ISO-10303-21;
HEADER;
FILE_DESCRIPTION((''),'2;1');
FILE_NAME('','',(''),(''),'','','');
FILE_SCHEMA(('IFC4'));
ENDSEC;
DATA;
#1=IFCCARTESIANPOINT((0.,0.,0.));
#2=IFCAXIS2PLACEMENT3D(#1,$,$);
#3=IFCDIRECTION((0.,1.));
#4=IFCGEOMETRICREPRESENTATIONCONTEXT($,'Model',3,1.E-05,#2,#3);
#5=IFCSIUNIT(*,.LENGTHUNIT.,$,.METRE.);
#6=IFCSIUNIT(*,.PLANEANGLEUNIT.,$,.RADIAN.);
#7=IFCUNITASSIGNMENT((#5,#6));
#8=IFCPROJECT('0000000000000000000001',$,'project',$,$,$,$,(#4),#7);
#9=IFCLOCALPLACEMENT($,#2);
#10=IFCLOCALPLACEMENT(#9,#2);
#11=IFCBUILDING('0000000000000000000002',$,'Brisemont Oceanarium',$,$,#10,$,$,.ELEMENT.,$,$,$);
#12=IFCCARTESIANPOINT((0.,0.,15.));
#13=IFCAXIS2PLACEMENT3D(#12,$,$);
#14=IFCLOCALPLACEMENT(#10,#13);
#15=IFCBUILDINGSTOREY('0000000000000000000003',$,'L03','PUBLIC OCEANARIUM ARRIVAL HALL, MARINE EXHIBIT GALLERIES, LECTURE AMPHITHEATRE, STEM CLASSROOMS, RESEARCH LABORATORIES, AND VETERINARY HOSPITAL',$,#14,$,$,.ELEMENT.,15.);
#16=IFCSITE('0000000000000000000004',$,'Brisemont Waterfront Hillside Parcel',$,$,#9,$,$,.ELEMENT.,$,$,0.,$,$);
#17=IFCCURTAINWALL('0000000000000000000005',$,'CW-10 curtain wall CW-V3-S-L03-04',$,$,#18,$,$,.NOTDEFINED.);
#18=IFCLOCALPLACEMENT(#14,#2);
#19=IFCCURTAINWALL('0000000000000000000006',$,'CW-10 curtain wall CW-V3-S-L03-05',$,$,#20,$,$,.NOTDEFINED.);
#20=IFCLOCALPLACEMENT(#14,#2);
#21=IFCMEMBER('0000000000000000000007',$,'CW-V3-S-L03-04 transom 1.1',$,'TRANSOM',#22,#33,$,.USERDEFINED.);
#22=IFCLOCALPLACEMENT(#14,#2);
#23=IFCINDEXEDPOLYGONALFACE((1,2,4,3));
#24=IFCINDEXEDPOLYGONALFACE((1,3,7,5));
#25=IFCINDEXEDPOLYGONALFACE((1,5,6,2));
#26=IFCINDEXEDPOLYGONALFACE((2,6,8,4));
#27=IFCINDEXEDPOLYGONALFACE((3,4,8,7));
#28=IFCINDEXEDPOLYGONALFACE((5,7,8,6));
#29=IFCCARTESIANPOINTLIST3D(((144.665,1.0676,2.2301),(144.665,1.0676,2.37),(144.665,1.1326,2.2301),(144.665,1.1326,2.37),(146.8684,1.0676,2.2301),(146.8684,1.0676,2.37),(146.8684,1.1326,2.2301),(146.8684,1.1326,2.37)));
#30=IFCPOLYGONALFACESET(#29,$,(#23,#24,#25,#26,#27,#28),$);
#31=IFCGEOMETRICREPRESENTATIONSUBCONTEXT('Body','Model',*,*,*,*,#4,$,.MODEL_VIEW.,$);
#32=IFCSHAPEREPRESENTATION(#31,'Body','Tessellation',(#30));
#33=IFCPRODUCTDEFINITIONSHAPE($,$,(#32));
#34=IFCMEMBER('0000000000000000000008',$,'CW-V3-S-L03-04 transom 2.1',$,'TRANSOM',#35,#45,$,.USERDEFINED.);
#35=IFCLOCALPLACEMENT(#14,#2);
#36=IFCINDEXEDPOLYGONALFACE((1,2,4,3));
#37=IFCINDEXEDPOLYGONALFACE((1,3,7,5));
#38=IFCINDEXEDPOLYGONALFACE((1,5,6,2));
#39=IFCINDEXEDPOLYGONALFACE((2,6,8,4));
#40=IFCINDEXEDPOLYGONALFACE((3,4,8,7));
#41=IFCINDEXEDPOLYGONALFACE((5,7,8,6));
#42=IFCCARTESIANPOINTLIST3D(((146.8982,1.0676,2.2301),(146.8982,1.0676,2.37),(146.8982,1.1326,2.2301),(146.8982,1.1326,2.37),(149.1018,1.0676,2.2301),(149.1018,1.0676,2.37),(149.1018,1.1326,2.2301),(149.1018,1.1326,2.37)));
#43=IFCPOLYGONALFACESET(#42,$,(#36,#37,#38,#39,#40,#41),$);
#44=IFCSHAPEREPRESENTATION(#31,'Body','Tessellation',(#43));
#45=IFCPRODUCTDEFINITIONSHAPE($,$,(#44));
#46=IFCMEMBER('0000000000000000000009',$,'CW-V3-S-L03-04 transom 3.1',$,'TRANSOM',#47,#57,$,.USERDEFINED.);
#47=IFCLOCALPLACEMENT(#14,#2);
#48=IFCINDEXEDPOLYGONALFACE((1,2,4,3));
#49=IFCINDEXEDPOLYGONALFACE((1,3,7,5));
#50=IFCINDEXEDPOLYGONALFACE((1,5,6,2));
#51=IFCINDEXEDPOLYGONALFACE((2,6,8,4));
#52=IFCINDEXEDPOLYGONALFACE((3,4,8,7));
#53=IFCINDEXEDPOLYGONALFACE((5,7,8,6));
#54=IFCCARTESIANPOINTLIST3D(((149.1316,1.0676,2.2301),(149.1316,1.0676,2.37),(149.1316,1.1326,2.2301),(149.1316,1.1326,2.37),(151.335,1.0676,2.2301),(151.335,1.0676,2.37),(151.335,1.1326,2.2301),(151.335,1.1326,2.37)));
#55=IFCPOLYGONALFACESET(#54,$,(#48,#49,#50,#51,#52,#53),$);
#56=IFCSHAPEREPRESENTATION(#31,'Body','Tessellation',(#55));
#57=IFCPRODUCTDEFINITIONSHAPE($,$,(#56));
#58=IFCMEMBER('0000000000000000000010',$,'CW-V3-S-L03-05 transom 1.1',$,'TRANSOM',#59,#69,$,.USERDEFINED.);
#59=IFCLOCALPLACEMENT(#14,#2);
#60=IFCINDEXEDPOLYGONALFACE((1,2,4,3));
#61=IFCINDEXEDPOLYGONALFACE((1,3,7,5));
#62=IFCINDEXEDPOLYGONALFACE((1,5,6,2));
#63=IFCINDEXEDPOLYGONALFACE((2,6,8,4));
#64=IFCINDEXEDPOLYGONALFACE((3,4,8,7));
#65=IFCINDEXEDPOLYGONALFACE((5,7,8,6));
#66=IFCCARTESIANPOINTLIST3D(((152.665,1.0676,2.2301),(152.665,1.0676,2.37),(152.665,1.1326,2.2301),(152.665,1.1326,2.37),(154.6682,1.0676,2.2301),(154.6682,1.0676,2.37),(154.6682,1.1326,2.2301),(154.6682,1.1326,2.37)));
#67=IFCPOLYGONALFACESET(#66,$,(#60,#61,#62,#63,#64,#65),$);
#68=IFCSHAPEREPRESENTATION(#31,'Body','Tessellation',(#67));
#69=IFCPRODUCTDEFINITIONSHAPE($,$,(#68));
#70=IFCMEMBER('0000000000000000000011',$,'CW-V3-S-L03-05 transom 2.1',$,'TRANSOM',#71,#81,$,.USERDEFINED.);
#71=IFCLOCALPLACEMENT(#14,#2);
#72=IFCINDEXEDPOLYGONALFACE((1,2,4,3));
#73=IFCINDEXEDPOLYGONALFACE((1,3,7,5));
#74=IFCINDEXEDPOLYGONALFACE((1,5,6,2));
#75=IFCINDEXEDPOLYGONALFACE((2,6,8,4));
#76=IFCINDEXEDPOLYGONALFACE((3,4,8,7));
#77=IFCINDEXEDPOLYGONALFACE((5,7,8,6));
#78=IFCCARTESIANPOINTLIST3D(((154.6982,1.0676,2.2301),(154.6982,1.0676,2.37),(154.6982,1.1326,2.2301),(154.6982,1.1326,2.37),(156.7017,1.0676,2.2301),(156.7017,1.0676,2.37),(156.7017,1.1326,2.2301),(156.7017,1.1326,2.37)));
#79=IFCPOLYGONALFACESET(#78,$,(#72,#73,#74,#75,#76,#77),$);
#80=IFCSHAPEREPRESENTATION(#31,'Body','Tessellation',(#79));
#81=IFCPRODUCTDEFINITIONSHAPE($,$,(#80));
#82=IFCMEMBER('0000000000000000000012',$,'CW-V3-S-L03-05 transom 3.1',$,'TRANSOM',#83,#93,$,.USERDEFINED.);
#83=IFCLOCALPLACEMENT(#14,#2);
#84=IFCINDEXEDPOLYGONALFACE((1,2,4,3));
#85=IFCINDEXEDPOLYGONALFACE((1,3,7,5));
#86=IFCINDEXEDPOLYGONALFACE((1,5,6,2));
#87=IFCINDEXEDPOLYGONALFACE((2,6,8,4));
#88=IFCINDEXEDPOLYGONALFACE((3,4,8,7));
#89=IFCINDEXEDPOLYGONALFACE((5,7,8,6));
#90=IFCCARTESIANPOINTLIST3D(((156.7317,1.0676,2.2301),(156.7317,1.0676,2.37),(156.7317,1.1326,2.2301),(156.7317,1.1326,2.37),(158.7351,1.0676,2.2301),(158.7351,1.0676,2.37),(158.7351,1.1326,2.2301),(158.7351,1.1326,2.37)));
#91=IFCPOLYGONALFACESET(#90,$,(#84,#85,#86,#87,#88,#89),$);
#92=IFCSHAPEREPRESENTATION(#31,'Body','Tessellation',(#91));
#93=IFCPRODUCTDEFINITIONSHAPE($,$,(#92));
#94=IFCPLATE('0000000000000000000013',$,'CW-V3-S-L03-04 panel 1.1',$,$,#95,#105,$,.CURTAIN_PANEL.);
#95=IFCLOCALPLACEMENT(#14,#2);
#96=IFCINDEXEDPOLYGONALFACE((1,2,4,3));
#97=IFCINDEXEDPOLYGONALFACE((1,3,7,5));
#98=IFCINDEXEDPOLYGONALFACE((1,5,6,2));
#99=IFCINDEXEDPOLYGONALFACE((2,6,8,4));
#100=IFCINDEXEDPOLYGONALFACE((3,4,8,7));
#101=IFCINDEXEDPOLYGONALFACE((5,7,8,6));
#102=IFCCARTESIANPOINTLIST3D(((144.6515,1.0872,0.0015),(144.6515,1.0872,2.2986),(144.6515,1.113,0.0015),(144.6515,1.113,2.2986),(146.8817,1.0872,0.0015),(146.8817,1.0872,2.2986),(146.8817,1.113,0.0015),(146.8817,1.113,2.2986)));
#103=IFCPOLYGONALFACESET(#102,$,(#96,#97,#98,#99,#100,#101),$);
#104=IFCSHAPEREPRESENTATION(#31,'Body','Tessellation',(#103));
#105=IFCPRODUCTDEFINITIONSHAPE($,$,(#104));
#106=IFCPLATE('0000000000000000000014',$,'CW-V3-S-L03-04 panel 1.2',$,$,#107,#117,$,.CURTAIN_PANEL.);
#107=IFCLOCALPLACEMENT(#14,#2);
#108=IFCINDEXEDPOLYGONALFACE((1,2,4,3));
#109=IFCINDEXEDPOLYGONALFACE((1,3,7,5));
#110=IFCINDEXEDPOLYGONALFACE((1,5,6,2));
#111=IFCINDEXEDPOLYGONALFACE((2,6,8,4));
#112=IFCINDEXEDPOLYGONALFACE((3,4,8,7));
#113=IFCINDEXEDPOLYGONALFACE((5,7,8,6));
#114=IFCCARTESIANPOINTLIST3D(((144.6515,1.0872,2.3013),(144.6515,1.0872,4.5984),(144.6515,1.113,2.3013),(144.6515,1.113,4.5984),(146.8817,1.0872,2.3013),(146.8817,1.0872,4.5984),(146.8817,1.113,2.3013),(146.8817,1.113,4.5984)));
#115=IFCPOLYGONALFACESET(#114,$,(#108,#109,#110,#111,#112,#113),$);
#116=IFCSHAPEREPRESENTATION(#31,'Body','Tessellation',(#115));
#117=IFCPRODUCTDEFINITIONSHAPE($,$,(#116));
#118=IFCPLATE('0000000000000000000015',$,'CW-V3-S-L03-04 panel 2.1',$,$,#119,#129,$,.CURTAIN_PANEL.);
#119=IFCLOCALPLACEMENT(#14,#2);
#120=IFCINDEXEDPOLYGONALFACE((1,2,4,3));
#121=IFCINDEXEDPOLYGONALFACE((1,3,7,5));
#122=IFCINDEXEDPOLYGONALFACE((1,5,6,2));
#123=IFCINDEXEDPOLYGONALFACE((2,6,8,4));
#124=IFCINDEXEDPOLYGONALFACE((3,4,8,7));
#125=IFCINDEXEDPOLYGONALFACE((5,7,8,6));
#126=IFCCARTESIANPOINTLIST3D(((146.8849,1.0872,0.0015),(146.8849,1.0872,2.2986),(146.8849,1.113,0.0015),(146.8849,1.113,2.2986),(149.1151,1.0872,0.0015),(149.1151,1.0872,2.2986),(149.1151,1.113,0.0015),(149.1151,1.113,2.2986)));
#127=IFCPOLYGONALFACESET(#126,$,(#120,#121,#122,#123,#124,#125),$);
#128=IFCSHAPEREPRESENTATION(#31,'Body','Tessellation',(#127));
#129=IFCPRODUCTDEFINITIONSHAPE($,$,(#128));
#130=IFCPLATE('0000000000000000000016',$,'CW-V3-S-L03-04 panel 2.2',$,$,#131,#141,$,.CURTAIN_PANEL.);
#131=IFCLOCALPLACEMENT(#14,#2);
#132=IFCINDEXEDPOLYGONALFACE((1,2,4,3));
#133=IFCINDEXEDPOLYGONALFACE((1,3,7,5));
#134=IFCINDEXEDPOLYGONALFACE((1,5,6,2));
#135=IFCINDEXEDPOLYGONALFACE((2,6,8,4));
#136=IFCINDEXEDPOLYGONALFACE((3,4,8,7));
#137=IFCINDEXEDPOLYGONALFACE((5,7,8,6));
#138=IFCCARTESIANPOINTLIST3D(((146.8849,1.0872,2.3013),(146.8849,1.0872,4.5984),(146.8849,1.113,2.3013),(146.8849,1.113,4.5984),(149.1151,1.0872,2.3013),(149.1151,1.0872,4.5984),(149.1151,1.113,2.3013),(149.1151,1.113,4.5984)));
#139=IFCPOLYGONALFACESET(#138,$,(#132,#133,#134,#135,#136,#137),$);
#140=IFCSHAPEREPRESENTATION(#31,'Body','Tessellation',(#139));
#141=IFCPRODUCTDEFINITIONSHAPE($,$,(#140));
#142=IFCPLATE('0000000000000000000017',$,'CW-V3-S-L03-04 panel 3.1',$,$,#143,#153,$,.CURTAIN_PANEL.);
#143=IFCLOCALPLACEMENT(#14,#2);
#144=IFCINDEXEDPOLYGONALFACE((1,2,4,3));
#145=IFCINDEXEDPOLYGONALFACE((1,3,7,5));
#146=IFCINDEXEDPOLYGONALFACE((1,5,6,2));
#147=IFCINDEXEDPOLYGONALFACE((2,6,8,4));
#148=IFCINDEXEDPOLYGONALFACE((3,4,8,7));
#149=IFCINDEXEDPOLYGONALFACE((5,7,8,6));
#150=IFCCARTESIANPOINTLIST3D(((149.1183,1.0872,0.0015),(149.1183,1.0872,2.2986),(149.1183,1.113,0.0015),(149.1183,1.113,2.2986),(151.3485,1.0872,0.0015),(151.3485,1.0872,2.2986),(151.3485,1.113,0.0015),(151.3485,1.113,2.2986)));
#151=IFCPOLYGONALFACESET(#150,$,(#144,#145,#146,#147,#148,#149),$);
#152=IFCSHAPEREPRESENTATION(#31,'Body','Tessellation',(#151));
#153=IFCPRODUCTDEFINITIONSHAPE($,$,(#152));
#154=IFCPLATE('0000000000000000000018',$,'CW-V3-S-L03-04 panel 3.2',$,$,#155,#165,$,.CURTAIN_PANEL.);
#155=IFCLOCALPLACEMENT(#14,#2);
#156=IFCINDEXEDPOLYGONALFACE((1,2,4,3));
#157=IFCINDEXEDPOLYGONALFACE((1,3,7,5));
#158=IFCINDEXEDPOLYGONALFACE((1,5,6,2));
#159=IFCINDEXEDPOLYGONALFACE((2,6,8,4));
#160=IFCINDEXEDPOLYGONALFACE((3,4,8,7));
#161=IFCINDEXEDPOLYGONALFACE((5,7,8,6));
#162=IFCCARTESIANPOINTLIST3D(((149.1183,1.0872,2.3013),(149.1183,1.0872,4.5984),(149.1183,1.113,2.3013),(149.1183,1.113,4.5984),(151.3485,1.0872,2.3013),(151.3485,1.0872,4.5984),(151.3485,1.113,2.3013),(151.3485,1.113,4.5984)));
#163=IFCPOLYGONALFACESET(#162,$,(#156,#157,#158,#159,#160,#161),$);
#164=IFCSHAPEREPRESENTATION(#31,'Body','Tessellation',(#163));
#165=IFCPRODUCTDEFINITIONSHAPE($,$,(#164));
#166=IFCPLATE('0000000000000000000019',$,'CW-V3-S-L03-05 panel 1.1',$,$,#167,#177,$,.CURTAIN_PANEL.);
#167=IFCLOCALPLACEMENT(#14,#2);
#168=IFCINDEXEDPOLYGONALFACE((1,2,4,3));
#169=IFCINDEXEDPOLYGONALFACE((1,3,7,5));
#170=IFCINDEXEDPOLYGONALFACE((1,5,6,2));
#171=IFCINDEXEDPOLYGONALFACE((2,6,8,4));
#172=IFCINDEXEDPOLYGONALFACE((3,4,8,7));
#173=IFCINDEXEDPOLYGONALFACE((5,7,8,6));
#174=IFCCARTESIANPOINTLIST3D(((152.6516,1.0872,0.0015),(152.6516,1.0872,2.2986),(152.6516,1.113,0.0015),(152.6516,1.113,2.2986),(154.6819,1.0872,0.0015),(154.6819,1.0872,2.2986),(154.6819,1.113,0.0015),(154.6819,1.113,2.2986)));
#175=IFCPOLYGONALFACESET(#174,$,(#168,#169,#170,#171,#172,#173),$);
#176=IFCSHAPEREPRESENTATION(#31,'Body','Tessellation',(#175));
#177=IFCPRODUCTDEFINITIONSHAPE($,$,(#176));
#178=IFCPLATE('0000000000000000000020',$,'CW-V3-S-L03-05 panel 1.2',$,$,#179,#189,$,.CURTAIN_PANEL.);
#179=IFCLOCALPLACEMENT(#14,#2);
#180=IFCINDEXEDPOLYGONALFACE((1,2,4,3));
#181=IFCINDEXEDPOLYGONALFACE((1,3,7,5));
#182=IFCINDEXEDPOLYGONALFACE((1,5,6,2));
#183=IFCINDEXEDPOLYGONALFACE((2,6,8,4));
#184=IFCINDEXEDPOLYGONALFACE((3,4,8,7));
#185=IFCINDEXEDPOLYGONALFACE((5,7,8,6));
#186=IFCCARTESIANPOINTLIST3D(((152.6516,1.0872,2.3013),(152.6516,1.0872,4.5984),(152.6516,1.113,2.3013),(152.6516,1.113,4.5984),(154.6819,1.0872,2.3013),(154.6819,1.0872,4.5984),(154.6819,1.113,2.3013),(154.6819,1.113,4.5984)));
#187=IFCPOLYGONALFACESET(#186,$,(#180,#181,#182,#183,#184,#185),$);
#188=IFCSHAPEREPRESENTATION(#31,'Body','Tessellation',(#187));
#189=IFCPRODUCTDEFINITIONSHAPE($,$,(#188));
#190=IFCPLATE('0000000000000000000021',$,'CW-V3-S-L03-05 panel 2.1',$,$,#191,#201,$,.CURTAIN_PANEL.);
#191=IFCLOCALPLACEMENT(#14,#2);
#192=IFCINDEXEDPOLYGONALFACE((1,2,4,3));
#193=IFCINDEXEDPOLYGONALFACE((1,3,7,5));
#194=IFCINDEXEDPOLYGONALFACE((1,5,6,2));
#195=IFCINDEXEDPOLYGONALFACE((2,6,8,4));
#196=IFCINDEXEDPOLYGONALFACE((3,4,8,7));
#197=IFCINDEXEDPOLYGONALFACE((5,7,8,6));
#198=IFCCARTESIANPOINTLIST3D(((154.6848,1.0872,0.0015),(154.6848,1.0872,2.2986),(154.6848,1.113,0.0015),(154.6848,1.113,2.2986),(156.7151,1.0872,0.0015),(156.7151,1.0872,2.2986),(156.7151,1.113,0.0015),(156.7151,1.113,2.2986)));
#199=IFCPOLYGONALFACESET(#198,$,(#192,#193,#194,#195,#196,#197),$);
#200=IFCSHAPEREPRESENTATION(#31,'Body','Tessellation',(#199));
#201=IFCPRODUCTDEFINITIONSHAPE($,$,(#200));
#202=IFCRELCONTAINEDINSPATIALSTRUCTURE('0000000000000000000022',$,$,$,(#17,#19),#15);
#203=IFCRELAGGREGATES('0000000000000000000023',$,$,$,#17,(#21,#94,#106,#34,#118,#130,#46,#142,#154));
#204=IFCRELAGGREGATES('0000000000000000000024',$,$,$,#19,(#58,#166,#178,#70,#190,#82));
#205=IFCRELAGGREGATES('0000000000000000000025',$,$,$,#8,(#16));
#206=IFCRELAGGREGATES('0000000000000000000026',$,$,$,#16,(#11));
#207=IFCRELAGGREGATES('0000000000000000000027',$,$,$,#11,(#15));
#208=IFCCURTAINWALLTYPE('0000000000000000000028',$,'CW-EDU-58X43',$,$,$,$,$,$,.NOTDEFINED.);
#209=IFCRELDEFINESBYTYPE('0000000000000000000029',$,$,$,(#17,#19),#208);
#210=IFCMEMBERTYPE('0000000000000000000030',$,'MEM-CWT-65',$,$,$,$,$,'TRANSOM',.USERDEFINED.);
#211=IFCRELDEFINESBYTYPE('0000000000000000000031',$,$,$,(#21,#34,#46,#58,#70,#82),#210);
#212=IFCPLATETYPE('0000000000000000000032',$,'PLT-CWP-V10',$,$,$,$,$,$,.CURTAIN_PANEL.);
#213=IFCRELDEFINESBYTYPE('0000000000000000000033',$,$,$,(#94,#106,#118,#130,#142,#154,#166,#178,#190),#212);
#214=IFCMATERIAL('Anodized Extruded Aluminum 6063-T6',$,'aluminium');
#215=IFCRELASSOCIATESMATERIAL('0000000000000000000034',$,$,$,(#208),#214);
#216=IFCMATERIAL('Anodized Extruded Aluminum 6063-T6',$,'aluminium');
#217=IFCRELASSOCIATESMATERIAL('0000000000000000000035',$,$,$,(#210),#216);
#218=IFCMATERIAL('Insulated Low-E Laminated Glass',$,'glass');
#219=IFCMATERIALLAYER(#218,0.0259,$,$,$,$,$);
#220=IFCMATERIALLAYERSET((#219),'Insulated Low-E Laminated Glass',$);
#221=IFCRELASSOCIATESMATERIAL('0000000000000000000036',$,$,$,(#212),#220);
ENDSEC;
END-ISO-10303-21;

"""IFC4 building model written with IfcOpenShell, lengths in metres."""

from ifc_helpers import new_model, si_unit, direction, frame, origin, origin_2d, place, context, subcontext, project, spatial, rectangle, extrude, material, layer, layer_set, material_profile, profile_set, type_object, element, aggregate, save


model = new_model("IFC4")

# Units and contexts
model_context = context("Model", 3, precision=1e-05, world=origin(), true_north=direction((0.0, 1.0)))
body_context = subcontext(model_context, "Body", "Model", "MODEL_VIEW")
ifc_project = project(units=[si_unit("LENGTHUNIT", "METRE"), si_unit("PLANEANGLEUNIT", "RADIAN")], contexts=[model_context])

# Site, building, storey
site_placement = place(None, origin())
site = spatial("IfcSite", under=ifc_project, at=site_placement, Name="Brisemont Waterfront Hillside Parcel", CompositionType="ELEMENT", RefElevation=0.0)
building_placement = place(site_placement, origin())
building = spatial("IfcBuilding", under=site, at=building_placement, Name="Brisemont Oceanarium", CompositionType="ELEMENT")
storey_placement = place(building_placement, frame((0.0, 0.0, 15.0)))
storey = spatial("IfcBuildingStorey", under=building, at=storey_placement, Name="L03", Description="PUBLIC OCEANARIUM ARRIVAL HALL, MARINE EXHIBIT GALLERIES, LECTURE AMPHITHEATRE, STEM CLASSROOMS, RESEARCH LABORATORIES, AND VETERINARY HOSPITAL", CompositionType="ELEMENT", Elevation=15.0)

# Curtain walls
ifc_material_1 = material(Name="Anodized Extruded Aluminum 6063-T6", Category="aluminium")
curtain_wall_type = type_object("IfcCurtainWallType", Name="CW-EDU-58X43", PredefinedType="NOTDEFINED", material=ifc_material_1)
curtain_wall_1_placement = place(storey_placement, origin())
curtain_wall_1 = element("IfcCurtainWall", 1, at=curtain_wall_1_placement, inside=storey, type_object=curtain_wall_type, Name="CW-10 curtain wall CW-V3-S-L03-04", PredefinedType="NOTDEFINED")
curtain_wall_2_placement = place(storey_placement, origin())
curtain_wall_2 = element("IfcCurtainWall", 2, at=curtain_wall_2_placement, inside=storey, type_object=curtain_wall_type, Name="CW-10 curtain wall CW-V3-S-L03-05", PredefinedType="NOTDEFINED")

# Members
ifc_material_2 = material(Name="Anodized Extruded Aluminum 6063-T6", Category="aluminium")
ifc_material_profile_1 = material_profile(ifc_material_2, rectangle(XDim=0.0649, YDim=0.1399, at=origin_2d()), Name="CWT-65X140")
ifc_profile_set_1 = profile_set([ifc_material_profile_1], Name="Anodized Extruded Aluminum 6063-T6")
member_type_1 = type_object("IfcMemberType", Name="MEM-CWT-65", ElementType="TRANSOM", PredefinedType="USERDEFINED", material=ifc_profile_set_1)
member_1_placement = place(storey_placement, frame((144.665, 1.1001, 2.3), z_axis=(1.0, 0.0, 0.0), x_axis=(0.0, 1.0, 0.0)))
member_1 = element("IfcMember", 3, at=member_1_placement, type_object=member_type_1, Name="CW-V3-S-L03-04 transom 1.1", ObjectType="TRANSOM", PredefinedType="USERDEFINED", context=body_context, shape_type="SweptSolid", body=[
    extrude(rectangle(XDim=0.0649, YDim=0.1399, at=origin_2d()), origin(), (0.0, 0.0, 1.0), 2.2034),
])
member_2_placement = place(storey_placement, frame((146.8982, 1.1001, 2.3), z_axis=(1.0, 0.0, 0.0), x_axis=(0.0, 1.0, 0.0)))
member_2 = element("IfcMember", 4, at=member_2_placement, type_object=member_type_1, Name="CW-V3-S-L03-04 transom 2.1", ObjectType="TRANSOM", PredefinedType="USERDEFINED", context=body_context, shape_type="SweptSolid", body=[
    extrude(rectangle(XDim=0.0649, YDim=0.1399, at=origin_2d()), origin(), (0.0, 0.0, 1.0), 2.2036),
])
member_3_placement = place(storey_placement, frame((149.1316, 1.1001, 2.3), z_axis=(1.0, 0.0, 0.0), x_axis=(0.0, 1.0, 0.0)))
member_3 = element("IfcMember", 5, at=member_3_placement, type_object=member_type_1, Name="CW-V3-S-L03-04 transom 3.1", ObjectType="TRANSOM", PredefinedType="USERDEFINED", context=body_context, shape_type="SweptSolid", body=[
    extrude(rectangle(XDim=0.0649, YDim=0.1399, at=origin_2d()), origin(), (0.0, 0.0, 1.0), 2.2034),
])
member_4_placement = place(storey_placement, frame((152.665, 1.1001, 2.3), z_axis=(1.0, 0.0, 0.0), x_axis=(0.0, 1.0, 0.0)))
member_4 = element("IfcMember", 6, at=member_4_placement, type_object=member_type_1, Name="CW-V3-S-L03-05 transom 1.1", ObjectType="TRANSOM", PredefinedType="USERDEFINED", context=body_context, shape_type="SweptSolid", body=[
    extrude(rectangle(XDim=0.0649, YDim=0.1399, at=origin_2d()), origin(), (0.0, 0.0, 1.0), 2.0032),
])
member_5_placement = place(storey_placement, frame((154.6982, 1.1001, 2.3), z_axis=(1.0, 0.0, 0.0), x_axis=(0.0, 1.0, 0.0)))
member_5 = element("IfcMember", 7, at=member_5_placement, type_object=member_type_1, Name="CW-V3-S-L03-05 transom 2.1", ObjectType="TRANSOM", PredefinedType="USERDEFINED", context=body_context, shape_type="SweptSolid", body=[
    extrude(rectangle(XDim=0.0649, YDim=0.1399, at=origin_2d()), origin(), (0.0, 0.0, 1.0), 2.0034),
])
member_6_placement = place(storey_placement, frame((156.7317, 1.1001, 2.3), z_axis=(1.0, 0.0, 0.0), x_axis=(0.0, 1.0, 0.0)))
member_6 = element("IfcMember", 8, at=member_6_placement, type_object=member_type_1, Name="CW-V3-S-L03-05 transom 3.1", ObjectType="TRANSOM", PredefinedType="USERDEFINED", context=body_context, shape_type="SweptSolid", body=[
    extrude(rectangle(XDim=0.0649, YDim=0.1399, at=origin_2d()), origin(), (0.0, 0.0, 1.0), 2.0034),
])

# Plates
ifc_material_3 = material(Name="Insulated Low-E Laminated Glass", Category="glass")
ifc_layer = layer(ifc_material_3, 0.0259)
ifc_layer_set = layer_set([ifc_layer], Name="Insulated Low-E Laminated Glass")
plate_type = type_object("IfcPlateType", Name="PLT-CWP-V10", PredefinedType="CURTAIN_PANEL", material=ifc_layer_set)
plate_1_placement = place(storey_placement, frame((145.7666, 1.1001, 0.0015), z_axis=(0.0, 0.0, 1.0), x_axis=(1.0, 0.0, 0.0)))
plate_1 = element("IfcPlate", 9, at=plate_1_placement, type_object=plate_type, Name="CW-V3-S-L03-04 panel 1.1", PredefinedType="CURTAIN_PANEL", context=body_context, shape_type="SweptSolid", body=[
    extrude(rectangle(XDim=2.2302, YDim=0.0259, at=origin_2d()), origin(), (0.0, 0.0, 1.0), 2.2971),
])
plate_2_placement = place(storey_placement, frame((145.7666, 1.1001, 2.3013), z_axis=(0.0, 0.0, 1.0), x_axis=(1.0, 0.0, 0.0)))
plate_2 = element("IfcPlate", 10, at=plate_2_placement, type_object=plate_type, Name="CW-V3-S-L03-04 panel 1.2", PredefinedType="CURTAIN_PANEL", context=body_context, shape_type="SweptSolid", body=[
    extrude(rectangle(XDim=2.2302, YDim=0.0259, at=origin_2d()), origin(), (0.0, 0.0, 1.0), 2.2971),
])
plate_3_placement = place(storey_placement, frame((148.0, 1.1001, 0.0015), z_axis=(0.0, 0.0, 1.0), x_axis=(1.0, 0.0, 0.0)))
plate_3 = element("IfcPlate", 11, at=plate_3_placement, type_object=plate_type, Name="CW-V3-S-L03-04 panel 2.1", PredefinedType="CURTAIN_PANEL", context=body_context, shape_type="SweptSolid", body=[
    extrude(rectangle(XDim=2.2302, YDim=0.0259, at=origin_2d()), origin(), (0.0, 0.0, 1.0), 2.2971),
])
plate_4_placement = place(storey_placement, frame((148.0, 1.1001, 2.3013), z_axis=(0.0, 0.0, 1.0), x_axis=(1.0, 0.0, 0.0)))
plate_4 = element("IfcPlate", 12, at=plate_4_placement, type_object=plate_type, Name="CW-V3-S-L03-04 panel 2.2", PredefinedType="CURTAIN_PANEL", context=body_context, shape_type="SweptSolid", body=[
    extrude(rectangle(XDim=2.2302, YDim=0.0259, at=origin_2d()), origin(), (0.0, 0.0, 1.0), 2.2971),
])
plate_5_placement = place(storey_placement, frame((150.2334, 1.1001, 0.0015), z_axis=(0.0, 0.0, 1.0), x_axis=(1.0, 0.0, 0.0)))
plate_5 = element("IfcPlate", 13, at=plate_5_placement, type_object=plate_type, Name="CW-V3-S-L03-04 panel 3.1", PredefinedType="CURTAIN_PANEL", context=body_context, shape_type="SweptSolid", body=[
    extrude(rectangle(XDim=2.2302, YDim=0.0259, at=origin_2d()), origin(), (0.0, 0.0, 1.0), 2.2971),
])
plate_6_placement = place(storey_placement, frame((150.2334, 1.1001, 2.3013), z_axis=(0.0, 0.0, 1.0), x_axis=(1.0, 0.0, 0.0)))
plate_6 = element("IfcPlate", 14, at=plate_6_placement, type_object=plate_type, Name="CW-V3-S-L03-04 panel 3.2", PredefinedType="CURTAIN_PANEL", context=body_context, shape_type="SweptSolid", body=[
    extrude(rectangle(XDim=2.2302, YDim=0.0259, at=origin_2d()), origin(), (0.0, 0.0, 1.0), 2.2971),
])
aggregate(curtain_wall_1, [member_1, plate_1, plate_2, member_2, plate_3, plate_4, member_3, plate_5, plate_6])
plate_7_placement = place(storey_placement, frame((153.6667, 1.1001, 0.0015), z_axis=(0.0, 0.0, 1.0), x_axis=(1.0, 0.0, 0.0)))
plate_7 = element("IfcPlate", 15, at=plate_7_placement, type_object=plate_type, Name="CW-V3-S-L03-05 panel 1.1", PredefinedType="CURTAIN_PANEL", context=body_context, shape_type="SweptSolid", body=[
    extrude(rectangle(XDim=2.0303, YDim=0.0259, at=origin_2d()), origin(), (0.0, 0.0, 1.0), 2.2971),
])
plate_8_placement = place(storey_placement, frame((153.6667, 1.1001, 2.3013), z_axis=(0.0, 0.0, 1.0), x_axis=(1.0, 0.0, 0.0)))
plate_8 = element("IfcPlate", 16, at=plate_8_placement, type_object=plate_type, Name="CW-V3-S-L03-05 panel 1.2", PredefinedType="CURTAIN_PANEL", context=body_context, shape_type="SweptSolid", body=[
    extrude(rectangle(XDim=2.0303, YDim=0.0259, at=origin_2d()), origin(), (0.0, 0.0, 1.0), 2.2971),
])
plate_9_placement = place(storey_placement, frame((155.7, 1.1001, 0.0015), z_axis=(0.0, 0.0, 1.0), x_axis=(1.0, 0.0, 0.0)))
plate_9 = element("IfcPlate", 17, at=plate_9_placement, type_object=plate_type, Name="CW-V3-S-L03-05 panel 2.1", PredefinedType="CURTAIN_PANEL", context=body_context, shape_type="SweptSolid", body=[
    extrude(rectangle(XDim=2.0303, YDim=0.0259, at=origin_2d()), origin(), (0.0, 0.0, 1.0), 2.2971),
])
aggregate(curtain_wall_2, [member_4, plate_7, plate_8, member_5, plate_9, member_6])

save(model, "model.ifc")
